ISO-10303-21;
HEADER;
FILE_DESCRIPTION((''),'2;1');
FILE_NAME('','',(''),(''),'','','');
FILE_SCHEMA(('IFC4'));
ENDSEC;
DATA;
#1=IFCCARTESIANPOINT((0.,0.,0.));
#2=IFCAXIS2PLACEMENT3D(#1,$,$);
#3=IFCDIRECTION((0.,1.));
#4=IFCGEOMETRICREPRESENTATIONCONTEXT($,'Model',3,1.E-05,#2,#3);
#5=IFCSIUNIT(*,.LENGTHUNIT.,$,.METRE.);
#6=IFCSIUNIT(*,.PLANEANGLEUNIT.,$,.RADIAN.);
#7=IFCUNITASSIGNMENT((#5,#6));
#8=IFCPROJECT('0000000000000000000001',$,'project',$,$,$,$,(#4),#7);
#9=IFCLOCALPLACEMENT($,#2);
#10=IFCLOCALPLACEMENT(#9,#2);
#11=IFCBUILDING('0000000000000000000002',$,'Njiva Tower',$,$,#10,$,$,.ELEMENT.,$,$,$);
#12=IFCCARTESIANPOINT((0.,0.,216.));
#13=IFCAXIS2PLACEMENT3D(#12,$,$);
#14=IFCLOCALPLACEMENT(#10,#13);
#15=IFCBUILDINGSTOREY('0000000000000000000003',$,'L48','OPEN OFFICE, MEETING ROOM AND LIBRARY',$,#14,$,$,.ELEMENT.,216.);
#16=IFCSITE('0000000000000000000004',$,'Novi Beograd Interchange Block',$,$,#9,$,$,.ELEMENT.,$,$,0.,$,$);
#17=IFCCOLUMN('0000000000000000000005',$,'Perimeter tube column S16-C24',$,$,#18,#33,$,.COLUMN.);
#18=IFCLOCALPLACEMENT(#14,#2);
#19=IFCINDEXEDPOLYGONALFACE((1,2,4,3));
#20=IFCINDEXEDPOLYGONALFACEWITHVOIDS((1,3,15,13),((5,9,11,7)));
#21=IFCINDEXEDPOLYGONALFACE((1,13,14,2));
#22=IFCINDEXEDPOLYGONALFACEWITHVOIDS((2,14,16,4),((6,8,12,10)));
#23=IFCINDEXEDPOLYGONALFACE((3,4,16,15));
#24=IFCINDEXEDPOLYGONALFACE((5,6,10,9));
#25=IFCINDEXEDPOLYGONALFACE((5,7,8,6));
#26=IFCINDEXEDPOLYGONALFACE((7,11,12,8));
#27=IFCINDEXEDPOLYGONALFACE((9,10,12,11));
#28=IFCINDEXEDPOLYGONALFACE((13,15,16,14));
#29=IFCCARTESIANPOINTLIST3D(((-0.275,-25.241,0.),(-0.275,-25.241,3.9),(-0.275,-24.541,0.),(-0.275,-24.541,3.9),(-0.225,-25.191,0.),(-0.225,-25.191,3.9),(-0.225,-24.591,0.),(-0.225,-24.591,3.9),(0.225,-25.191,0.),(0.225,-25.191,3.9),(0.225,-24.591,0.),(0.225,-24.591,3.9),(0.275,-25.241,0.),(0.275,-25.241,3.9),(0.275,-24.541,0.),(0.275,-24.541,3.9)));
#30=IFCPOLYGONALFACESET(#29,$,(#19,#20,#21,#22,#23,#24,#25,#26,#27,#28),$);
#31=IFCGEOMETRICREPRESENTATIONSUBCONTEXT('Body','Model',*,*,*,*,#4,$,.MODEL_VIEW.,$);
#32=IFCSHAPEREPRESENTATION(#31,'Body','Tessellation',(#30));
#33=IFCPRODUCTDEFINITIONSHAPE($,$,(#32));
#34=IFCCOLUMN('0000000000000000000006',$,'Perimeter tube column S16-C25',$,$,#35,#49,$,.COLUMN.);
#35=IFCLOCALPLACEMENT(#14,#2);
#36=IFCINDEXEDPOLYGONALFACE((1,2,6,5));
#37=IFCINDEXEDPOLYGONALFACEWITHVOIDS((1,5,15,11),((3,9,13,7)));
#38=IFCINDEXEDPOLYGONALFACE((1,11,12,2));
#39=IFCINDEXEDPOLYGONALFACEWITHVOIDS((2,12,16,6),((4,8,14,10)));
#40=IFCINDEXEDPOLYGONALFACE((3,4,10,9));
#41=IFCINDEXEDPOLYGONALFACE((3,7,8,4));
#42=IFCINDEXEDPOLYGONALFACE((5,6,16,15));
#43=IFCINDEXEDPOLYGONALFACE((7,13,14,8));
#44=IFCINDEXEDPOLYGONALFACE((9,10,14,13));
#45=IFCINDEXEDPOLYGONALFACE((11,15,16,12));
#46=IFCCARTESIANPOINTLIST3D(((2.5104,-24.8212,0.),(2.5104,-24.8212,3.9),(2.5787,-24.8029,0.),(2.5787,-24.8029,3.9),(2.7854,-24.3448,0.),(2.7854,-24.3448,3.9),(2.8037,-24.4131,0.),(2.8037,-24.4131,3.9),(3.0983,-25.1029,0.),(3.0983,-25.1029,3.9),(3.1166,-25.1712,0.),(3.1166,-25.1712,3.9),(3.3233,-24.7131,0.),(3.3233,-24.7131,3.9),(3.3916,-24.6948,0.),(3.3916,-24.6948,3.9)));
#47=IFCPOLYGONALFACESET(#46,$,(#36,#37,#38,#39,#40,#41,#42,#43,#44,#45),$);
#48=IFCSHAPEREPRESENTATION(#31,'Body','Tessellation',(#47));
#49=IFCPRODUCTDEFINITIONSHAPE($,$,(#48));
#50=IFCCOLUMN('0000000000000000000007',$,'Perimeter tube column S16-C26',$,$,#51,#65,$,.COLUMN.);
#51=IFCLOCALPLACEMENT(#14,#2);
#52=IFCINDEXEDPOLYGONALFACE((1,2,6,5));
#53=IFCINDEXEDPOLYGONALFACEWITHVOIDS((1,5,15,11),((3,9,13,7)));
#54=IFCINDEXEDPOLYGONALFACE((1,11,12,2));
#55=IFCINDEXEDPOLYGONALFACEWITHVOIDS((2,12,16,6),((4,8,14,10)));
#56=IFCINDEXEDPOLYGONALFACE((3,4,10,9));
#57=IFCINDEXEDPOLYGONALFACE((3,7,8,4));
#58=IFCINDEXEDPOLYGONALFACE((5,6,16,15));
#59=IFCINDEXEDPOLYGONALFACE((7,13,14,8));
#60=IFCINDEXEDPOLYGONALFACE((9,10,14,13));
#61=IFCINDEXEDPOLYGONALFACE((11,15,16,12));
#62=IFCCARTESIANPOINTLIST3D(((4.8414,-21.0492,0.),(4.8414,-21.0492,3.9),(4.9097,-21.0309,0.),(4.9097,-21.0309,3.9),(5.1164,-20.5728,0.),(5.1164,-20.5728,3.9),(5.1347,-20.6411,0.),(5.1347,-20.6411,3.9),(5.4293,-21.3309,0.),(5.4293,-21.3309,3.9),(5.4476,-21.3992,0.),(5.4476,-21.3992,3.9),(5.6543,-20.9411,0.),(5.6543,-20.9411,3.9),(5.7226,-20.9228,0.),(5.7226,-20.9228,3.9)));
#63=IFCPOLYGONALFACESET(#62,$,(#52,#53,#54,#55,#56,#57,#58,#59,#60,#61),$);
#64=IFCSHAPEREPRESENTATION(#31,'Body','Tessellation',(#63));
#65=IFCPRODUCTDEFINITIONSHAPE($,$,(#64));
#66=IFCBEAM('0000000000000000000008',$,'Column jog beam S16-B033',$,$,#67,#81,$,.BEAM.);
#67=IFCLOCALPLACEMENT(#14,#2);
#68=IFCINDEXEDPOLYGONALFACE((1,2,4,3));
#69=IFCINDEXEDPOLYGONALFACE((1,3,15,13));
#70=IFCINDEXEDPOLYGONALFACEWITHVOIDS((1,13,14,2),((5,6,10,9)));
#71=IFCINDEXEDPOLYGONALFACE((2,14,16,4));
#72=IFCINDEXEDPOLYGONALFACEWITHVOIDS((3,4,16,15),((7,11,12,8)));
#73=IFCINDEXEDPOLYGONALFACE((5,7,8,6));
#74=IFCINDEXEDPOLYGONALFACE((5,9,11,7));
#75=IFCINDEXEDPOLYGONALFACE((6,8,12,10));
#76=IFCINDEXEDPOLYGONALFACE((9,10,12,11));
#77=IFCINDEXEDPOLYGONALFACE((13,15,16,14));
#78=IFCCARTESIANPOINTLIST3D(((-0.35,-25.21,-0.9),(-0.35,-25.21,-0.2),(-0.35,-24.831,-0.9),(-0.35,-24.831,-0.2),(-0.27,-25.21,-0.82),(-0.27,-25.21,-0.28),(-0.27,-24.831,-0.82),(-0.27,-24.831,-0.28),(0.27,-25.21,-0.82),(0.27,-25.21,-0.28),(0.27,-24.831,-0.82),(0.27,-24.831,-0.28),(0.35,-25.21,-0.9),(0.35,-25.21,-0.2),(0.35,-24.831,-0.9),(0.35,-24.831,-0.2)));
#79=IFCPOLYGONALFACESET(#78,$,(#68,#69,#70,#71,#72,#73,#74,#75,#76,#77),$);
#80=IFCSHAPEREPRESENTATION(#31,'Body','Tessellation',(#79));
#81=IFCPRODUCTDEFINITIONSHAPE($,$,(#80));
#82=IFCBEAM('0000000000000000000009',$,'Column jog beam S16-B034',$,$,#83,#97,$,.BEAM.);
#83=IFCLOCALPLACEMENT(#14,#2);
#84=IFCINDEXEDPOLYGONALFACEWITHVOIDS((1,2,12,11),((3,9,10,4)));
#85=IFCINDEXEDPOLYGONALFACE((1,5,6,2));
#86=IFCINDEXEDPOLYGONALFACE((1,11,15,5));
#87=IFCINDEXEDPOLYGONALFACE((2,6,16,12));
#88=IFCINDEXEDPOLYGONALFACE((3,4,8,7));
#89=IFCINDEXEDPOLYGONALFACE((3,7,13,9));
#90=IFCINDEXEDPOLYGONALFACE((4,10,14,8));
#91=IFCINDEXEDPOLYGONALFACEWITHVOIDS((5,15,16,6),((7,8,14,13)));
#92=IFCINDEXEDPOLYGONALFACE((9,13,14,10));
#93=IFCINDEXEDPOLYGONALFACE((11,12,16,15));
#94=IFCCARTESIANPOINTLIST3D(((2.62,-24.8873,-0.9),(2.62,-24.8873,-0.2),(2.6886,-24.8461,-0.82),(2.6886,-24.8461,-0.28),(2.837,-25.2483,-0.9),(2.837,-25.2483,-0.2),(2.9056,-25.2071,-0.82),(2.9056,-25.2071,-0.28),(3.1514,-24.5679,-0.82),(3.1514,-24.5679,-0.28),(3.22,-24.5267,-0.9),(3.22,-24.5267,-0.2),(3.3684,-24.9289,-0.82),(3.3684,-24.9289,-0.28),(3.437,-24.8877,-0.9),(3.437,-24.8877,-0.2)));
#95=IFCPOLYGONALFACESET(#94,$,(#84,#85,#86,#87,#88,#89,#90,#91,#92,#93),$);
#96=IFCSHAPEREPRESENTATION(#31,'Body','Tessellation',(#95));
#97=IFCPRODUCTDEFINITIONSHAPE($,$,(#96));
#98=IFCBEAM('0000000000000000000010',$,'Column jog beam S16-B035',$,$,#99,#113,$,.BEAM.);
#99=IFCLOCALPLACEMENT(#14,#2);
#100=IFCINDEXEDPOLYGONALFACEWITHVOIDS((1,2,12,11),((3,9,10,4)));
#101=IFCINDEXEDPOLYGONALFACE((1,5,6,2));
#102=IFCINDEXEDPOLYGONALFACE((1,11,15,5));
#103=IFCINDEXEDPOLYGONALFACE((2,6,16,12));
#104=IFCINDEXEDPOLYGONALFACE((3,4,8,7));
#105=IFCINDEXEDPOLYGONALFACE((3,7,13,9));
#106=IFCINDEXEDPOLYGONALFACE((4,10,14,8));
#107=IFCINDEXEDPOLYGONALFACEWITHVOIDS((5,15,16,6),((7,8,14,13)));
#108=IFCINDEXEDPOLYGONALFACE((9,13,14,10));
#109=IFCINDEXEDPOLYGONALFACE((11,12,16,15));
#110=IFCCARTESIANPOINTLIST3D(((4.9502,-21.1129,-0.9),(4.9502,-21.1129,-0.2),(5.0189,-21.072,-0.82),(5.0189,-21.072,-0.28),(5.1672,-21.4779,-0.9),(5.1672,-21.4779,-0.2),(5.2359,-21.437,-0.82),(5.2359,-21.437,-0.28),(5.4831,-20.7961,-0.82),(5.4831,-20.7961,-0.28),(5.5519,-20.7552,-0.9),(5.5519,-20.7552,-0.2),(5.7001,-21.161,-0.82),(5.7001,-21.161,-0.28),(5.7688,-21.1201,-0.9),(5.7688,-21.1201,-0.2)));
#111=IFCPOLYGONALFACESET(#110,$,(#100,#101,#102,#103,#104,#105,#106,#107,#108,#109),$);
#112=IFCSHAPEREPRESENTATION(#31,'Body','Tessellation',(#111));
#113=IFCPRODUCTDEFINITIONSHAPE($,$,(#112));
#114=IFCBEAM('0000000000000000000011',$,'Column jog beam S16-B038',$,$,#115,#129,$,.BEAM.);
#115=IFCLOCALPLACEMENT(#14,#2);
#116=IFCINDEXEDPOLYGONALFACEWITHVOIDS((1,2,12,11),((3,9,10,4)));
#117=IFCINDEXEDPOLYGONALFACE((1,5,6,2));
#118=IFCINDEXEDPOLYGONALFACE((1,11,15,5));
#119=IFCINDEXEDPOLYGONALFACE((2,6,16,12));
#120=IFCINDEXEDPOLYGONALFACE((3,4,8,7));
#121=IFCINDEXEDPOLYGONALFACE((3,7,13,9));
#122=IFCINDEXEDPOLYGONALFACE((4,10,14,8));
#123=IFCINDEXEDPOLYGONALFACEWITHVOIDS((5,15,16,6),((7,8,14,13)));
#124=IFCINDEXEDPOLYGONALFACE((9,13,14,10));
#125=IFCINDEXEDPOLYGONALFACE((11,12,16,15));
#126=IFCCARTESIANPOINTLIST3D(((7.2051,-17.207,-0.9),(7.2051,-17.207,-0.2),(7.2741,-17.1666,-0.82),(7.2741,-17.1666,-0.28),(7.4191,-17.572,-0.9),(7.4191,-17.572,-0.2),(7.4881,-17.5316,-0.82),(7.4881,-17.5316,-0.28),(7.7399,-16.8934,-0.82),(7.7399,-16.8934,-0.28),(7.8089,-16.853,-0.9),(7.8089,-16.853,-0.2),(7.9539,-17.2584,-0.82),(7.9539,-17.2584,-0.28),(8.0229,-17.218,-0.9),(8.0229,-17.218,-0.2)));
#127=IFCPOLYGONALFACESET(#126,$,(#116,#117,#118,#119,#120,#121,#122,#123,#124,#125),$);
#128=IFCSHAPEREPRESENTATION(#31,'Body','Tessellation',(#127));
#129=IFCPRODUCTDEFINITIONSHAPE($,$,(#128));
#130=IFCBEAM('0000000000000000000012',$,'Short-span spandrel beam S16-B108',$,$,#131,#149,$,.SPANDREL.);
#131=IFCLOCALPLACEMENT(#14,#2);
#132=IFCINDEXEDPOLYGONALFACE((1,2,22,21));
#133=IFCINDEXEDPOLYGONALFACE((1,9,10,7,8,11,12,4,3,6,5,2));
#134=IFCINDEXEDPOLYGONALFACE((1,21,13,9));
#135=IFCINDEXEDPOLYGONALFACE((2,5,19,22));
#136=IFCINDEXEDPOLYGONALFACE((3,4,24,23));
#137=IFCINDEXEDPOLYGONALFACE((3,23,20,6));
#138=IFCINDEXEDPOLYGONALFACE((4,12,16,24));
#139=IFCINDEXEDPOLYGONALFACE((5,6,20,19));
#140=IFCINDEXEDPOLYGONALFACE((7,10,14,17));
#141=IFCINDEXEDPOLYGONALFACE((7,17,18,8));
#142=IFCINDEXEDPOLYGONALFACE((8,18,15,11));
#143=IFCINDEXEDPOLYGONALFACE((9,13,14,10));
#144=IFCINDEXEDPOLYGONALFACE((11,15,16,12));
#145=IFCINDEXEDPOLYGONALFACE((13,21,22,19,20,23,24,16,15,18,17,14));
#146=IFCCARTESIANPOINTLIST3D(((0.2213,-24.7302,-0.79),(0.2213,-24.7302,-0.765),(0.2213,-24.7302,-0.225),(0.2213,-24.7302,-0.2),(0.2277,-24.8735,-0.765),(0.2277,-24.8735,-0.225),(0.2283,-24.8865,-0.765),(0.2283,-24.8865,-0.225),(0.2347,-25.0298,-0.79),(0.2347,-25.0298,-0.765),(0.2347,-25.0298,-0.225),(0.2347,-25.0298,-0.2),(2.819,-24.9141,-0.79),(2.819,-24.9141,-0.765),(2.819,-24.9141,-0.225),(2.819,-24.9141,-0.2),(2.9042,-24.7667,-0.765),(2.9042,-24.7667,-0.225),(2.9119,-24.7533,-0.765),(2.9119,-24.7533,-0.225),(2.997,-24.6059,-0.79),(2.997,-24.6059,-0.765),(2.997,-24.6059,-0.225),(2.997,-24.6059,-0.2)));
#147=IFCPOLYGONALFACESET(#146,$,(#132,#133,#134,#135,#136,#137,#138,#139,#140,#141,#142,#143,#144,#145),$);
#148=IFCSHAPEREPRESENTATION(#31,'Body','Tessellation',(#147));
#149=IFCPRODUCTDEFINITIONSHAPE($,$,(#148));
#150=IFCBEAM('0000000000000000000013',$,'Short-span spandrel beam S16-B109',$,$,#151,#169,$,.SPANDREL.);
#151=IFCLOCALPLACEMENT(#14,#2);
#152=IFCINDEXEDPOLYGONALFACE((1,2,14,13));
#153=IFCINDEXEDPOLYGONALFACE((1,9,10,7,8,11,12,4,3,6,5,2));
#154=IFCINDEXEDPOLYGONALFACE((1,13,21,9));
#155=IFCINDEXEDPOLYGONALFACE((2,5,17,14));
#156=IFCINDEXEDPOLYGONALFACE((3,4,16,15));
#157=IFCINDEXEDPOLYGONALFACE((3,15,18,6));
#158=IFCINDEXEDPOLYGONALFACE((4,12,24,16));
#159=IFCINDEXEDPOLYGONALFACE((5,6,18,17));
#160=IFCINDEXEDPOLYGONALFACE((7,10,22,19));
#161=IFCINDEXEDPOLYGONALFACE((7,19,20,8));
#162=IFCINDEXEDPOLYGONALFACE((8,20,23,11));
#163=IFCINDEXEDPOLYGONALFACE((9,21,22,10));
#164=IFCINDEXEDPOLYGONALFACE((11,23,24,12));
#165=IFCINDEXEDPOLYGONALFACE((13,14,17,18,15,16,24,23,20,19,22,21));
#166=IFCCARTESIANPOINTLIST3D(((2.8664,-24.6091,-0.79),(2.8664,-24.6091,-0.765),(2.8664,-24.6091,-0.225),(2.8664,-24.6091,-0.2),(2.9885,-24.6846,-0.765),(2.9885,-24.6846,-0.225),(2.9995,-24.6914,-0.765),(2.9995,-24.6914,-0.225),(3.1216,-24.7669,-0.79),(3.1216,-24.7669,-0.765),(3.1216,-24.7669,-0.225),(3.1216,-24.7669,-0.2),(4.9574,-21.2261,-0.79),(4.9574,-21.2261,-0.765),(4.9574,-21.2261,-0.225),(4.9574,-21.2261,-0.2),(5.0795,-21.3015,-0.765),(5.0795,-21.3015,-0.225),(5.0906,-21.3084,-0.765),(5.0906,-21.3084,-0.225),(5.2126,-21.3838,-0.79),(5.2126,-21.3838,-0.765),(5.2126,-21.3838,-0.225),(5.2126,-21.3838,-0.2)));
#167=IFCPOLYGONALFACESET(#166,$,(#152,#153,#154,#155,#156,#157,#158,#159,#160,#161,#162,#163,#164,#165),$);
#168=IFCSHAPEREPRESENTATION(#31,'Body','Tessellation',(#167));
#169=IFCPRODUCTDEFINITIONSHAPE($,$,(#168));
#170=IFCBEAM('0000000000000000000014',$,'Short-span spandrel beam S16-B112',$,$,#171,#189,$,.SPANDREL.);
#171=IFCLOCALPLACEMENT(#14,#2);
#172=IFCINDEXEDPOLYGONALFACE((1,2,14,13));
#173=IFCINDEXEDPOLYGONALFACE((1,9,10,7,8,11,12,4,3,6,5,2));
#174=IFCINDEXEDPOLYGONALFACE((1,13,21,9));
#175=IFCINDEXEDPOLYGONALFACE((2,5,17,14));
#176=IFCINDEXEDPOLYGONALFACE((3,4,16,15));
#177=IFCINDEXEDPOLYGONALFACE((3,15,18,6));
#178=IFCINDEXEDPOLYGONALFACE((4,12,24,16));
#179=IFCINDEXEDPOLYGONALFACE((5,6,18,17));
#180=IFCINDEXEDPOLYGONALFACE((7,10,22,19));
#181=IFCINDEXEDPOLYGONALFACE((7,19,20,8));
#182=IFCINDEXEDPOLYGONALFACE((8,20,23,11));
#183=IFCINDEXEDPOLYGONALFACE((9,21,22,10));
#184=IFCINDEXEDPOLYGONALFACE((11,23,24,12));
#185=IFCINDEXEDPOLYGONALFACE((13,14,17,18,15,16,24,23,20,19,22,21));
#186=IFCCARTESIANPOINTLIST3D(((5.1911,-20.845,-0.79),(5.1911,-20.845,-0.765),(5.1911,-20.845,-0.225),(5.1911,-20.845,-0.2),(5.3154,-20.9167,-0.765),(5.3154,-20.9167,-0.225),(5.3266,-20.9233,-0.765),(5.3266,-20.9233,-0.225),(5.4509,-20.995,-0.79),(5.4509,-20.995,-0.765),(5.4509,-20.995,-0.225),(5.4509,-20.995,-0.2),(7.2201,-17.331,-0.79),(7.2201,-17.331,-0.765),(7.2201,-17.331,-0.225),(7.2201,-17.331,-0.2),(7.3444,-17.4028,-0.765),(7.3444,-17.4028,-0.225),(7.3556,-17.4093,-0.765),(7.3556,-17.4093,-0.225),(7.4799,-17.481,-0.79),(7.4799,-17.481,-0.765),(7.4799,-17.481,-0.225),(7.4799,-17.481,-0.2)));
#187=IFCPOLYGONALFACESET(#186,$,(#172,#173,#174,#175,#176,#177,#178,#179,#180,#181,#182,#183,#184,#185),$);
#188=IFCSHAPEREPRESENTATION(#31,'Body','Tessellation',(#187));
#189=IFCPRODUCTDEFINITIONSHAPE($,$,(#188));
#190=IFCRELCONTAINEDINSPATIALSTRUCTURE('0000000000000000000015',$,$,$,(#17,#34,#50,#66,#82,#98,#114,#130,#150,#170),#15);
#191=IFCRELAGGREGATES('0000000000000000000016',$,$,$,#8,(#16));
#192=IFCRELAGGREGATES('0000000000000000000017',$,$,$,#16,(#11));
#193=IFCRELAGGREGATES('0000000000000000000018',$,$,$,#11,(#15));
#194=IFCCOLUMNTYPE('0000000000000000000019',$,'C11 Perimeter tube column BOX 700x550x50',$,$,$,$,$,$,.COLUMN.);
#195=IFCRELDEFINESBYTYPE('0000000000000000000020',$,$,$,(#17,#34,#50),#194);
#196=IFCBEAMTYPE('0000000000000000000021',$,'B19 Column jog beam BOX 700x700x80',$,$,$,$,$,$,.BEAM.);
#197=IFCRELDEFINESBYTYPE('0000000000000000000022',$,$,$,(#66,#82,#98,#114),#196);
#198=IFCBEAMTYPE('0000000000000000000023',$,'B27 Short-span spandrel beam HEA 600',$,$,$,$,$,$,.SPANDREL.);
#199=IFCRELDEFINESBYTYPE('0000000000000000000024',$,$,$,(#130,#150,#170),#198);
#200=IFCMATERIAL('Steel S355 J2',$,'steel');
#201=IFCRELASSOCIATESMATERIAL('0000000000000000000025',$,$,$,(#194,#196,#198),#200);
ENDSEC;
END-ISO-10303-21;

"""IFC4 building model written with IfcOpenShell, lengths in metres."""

from ifc_helpers import new_model, si_unit, direction, frame, origin, origin_2d, place, context, subcontext, project, spatial, hollow_rectangle, i_section, extrude, clip, halfspace, material, material_profile, profile_set, type_object, element, save


model = new_model("IFC4")

# Units and contexts
model_context = context("Model", 3, precision=1e-05, world=origin(), true_north=direction((0.0, 1.0)))
body_context = subcontext(model_context, "Body", "Model", "MODEL_VIEW")
ifc_project = project(units=[si_unit("LENGTHUNIT", "METRE"), si_unit("PLANEANGLEUNIT", "RADIAN")], contexts=[model_context])

# Site, building, storey
site_placement = place(None, origin())
site = spatial("IfcSite", under=ifc_project, at=site_placement, Name="Novi Beograd Interchange Block", CompositionType="ELEMENT", RefElevation=0.0)
building_placement = place(site_placement, origin())
building = spatial("IfcBuilding", under=site, at=building_placement, Name="Njiva Tower", CompositionType="ELEMENT")
storey_placement = place(building_placement, frame((0.0, 0.0, 216.0)))
storey = spatial("IfcBuildingStorey", under=building, at=storey_placement, Name="L48", Description="OPEN OFFICE, MEETING ROOM AND LIBRARY", CompositionType="ELEMENT", Elevation=216.0)

# Columns
ifc_material_1 = material(Name="Steel S355 J2", Category="steel")
ifc_material_profile_1 = material_profile(ifc_material_1, hollow_rectangle(XDim=0.55, YDim=0.7, WallThickness=0.05, at=origin_2d()), Name="BOX 700x550x50")
ifc_profile_set_1 = profile_set([ifc_material_profile_1], Name="Steel S355 J2")
column_type = type_object("IfcColumnType", Name="C11 Perimeter tube column BOX 700x550x50", PredefinedType="COLUMN", material=ifc_profile_set_1)
for number, where, z_axis, x_axis, name in (
    (1, (0.0, -24.891, 0.0), (0.0, 0.0, 1.0), (1.0, 0.0, 0.0), "Perimeter tube column S16-C24"),
    (2, (2.951, -24.758, 0.0), (0.0, 0.0, 1.0), (0.5, 0.866025, 0.0), "Perimeter tube column S16-C25"),
    (3, (5.282, -20.986, 0.0), (0.0, 0.0, 1.0), (0.5, 0.866025, 0.0), "Perimeter tube column S16-C26"),
):
    element("IfcColumn", number, at=place(storey_placement, frame(where, z_axis=z_axis, x_axis=x_axis)), inside=storey, type_object=column_type, Name=name, PredefinedType="COLUMN", context=body_context, shape_type="SweptSolid", body=[
        extrude(hollow_rectangle(XDim=0.55, YDim=0.7, WallThickness=0.05, at=origin_2d()), origin(), (0.0, 0.0, 1.0), 3.9),
    ])

# Beams
ifc_material_profile_2 = material_profile(ifc_material_1, hollow_rectangle(XDim=0.7, YDim=0.7, WallThickness=0.08, at=origin_2d()), Name="BOX 700x700x80")
ifc_profile_set_2 = profile_set([ifc_material_profile_2], Name="Steel S355 J2")
beam_type_1 = type_object("IfcBeamType", Name="B19 Column jog beam BOX 700x700x80", PredefinedType="BEAM", material=ifc_profile_set_2)
beam_1_placement = place(storey_placement, frame((0.0, -25.21, -0.55), z_axis=(0.0, 1.0, 0.0), x_axis=(-1.0, 0.0, 0.0)))
element("IfcBeam", 4, at=beam_1_placement, inside=storey, type_object=beam_type_1, Name="Column jog beam S16-B033", PredefinedType="BEAM", context=body_context, shape_type="SweptSolid", body=[
    extrude(hollow_rectangle(XDim=0.7, YDim=0.7, WallThickness=0.08, at=origin_2d()), origin(), (0.0, 0.0, 1.0), 0.379),
])
beam_2_placement = place(storey_placement, frame((3.137, -25.068, -0.55), z_axis=(-0.515194, 0.857074, 0.0), x_axis=(-0.857074, -0.515194, 0.0)))
element("IfcBeam", 5, at=beam_2_placement, inside=storey, type_object=beam_type_1, Name="Column jog beam S16-B034", PredefinedType="BEAM", context=body_context, shape_type="SweptSolid", body=[
    extrude(hollow_rectangle(XDim=0.7, YDim=0.7, WallThickness=0.08, at=origin_2d()), origin(), (0.0, 0.0, 1.0), 0.4212),
])
beam_3_placement = place(storey_placement, frame((5.468, -21.299, -0.55), z_axis=(-0.511028, 0.859564, 0.0), x_axis=(-0.859564, -0.511028, 0.0)))
element("IfcBeam", 6, at=beam_3_placement, inside=storey, type_object=beam_type_1, Name="Column jog beam S16-B035", PredefinedType="BEAM", context=body_context, shape_type="SweptSolid", body=[
    extrude(hollow_rectangle(XDim=0.7, YDim=0.7, WallThickness=0.08, at=origin_2d()), origin(), (0.0, 0.0, 1.0), 0.4246),
])
beam_4_placement = place(storey_placement, frame((7.721, -17.395, -0.55), z_axis=(-0.50578, 0.862662, 0.0), x_axis=(-0.862662, -0.50578, 0.0)))
element("IfcBeam", 7, at=beam_4_placement, inside=storey, type_object=beam_type_1, Name="Column jog beam S16-B038", PredefinedType="BEAM", context=body_context, shape_type="SweptSolid", body=[
    extrude(hollow_rectangle(XDim=0.7, YDim=0.7, WallThickness=0.08, at=origin_2d()), origin(), (0.0, 0.0, 1.0), 0.4231),
])
ifc_material_profile_3 = material_profile(ifc_material_1, i_section(OverallWidth=0.3, OverallDepth=0.59, WebThickness=0.013, FlangeThickness=0.025, at=origin_2d()), Name="HEA 600")
ifc_profile_set_3 = profile_set([ifc_material_profile_3], Name="Steel S355 J2")
beam_type_2 = type_object("IfcBeamType", Name="B27 Short-span spandrel beam HEA 600", PredefinedType="SPANDREL", material=ifc_profile_set_3)
beam_5_placement = place(storey_placement, frame((0.228, -24.88, -0.495), z_axis=(0.998999, 0.044731, 0.0), x_axis=(-0.044731, 0.998999, 0.0)))
element("IfcBeam", 8, at=beam_5_placement, inside=storey, type_object=beam_type_2, Name="Short-span spandrel beam S16-B108", PredefinedType="SPANDREL", context=body_context, shape_type="Clipping", body=[
    clip(extrude(i_section(OverallWidth=0.3, OverallDepth=0.59, WebThickness=0.013, FlangeThickness=0.025, at=origin_2d()), origin(), (0.0, 0.0, 1.0), 2.7987), halfspace(frame((-0.0265, 0.0, 2.6658), z_axis=(-0.538236, 0.0, 0.842794), x_axis=(0.0, 1.0, 0.0)), False)),
])
beam_6_placement = place(storey_placement, frame((2.994, -24.688, -0.495), z_axis=(0.525766, 0.850629, 0.0), x_axis=(-0.850629, 0.525766, 0.0)))
element("IfcBeam", 9, at=beam_6_placement, inside=storey, type_object=beam_type_2, Name="Short-span spandrel beam S16-B109", PredefinedType="SPANDREL", context=body_context, shape_type="SweptSolid", body=[
    extrude(i_section(OverallWidth=0.3, OverallDepth=0.59, WebThickness=0.013, FlangeThickness=0.025, at=origin_2d()), origin(), (0.0, 0.0, 1.0), 3.9771),
])
beam_7_placement = place(storey_placement, frame((5.321, -20.92, -0.495), z_axis=(0.500035, 0.866005, 0.0), x_axis=(-0.866005, 0.500035, 0.0)))
element("IfcBeam", 10, at=beam_7_placement, inside=storey, type_object=beam_type_2, Name="Short-span spandrel beam S16-B112", PredefinedType="SPANDREL", context=body_context, shape_type="SweptSolid", body=[
    extrude(i_section(OverallWidth=0.3, OverallDepth=0.59, WebThickness=0.013, FlangeThickness=0.025, at=origin_2d()), origin(), (0.0, 0.0, 1.0), 4.0577),
])

save(model, "model.ifc")
